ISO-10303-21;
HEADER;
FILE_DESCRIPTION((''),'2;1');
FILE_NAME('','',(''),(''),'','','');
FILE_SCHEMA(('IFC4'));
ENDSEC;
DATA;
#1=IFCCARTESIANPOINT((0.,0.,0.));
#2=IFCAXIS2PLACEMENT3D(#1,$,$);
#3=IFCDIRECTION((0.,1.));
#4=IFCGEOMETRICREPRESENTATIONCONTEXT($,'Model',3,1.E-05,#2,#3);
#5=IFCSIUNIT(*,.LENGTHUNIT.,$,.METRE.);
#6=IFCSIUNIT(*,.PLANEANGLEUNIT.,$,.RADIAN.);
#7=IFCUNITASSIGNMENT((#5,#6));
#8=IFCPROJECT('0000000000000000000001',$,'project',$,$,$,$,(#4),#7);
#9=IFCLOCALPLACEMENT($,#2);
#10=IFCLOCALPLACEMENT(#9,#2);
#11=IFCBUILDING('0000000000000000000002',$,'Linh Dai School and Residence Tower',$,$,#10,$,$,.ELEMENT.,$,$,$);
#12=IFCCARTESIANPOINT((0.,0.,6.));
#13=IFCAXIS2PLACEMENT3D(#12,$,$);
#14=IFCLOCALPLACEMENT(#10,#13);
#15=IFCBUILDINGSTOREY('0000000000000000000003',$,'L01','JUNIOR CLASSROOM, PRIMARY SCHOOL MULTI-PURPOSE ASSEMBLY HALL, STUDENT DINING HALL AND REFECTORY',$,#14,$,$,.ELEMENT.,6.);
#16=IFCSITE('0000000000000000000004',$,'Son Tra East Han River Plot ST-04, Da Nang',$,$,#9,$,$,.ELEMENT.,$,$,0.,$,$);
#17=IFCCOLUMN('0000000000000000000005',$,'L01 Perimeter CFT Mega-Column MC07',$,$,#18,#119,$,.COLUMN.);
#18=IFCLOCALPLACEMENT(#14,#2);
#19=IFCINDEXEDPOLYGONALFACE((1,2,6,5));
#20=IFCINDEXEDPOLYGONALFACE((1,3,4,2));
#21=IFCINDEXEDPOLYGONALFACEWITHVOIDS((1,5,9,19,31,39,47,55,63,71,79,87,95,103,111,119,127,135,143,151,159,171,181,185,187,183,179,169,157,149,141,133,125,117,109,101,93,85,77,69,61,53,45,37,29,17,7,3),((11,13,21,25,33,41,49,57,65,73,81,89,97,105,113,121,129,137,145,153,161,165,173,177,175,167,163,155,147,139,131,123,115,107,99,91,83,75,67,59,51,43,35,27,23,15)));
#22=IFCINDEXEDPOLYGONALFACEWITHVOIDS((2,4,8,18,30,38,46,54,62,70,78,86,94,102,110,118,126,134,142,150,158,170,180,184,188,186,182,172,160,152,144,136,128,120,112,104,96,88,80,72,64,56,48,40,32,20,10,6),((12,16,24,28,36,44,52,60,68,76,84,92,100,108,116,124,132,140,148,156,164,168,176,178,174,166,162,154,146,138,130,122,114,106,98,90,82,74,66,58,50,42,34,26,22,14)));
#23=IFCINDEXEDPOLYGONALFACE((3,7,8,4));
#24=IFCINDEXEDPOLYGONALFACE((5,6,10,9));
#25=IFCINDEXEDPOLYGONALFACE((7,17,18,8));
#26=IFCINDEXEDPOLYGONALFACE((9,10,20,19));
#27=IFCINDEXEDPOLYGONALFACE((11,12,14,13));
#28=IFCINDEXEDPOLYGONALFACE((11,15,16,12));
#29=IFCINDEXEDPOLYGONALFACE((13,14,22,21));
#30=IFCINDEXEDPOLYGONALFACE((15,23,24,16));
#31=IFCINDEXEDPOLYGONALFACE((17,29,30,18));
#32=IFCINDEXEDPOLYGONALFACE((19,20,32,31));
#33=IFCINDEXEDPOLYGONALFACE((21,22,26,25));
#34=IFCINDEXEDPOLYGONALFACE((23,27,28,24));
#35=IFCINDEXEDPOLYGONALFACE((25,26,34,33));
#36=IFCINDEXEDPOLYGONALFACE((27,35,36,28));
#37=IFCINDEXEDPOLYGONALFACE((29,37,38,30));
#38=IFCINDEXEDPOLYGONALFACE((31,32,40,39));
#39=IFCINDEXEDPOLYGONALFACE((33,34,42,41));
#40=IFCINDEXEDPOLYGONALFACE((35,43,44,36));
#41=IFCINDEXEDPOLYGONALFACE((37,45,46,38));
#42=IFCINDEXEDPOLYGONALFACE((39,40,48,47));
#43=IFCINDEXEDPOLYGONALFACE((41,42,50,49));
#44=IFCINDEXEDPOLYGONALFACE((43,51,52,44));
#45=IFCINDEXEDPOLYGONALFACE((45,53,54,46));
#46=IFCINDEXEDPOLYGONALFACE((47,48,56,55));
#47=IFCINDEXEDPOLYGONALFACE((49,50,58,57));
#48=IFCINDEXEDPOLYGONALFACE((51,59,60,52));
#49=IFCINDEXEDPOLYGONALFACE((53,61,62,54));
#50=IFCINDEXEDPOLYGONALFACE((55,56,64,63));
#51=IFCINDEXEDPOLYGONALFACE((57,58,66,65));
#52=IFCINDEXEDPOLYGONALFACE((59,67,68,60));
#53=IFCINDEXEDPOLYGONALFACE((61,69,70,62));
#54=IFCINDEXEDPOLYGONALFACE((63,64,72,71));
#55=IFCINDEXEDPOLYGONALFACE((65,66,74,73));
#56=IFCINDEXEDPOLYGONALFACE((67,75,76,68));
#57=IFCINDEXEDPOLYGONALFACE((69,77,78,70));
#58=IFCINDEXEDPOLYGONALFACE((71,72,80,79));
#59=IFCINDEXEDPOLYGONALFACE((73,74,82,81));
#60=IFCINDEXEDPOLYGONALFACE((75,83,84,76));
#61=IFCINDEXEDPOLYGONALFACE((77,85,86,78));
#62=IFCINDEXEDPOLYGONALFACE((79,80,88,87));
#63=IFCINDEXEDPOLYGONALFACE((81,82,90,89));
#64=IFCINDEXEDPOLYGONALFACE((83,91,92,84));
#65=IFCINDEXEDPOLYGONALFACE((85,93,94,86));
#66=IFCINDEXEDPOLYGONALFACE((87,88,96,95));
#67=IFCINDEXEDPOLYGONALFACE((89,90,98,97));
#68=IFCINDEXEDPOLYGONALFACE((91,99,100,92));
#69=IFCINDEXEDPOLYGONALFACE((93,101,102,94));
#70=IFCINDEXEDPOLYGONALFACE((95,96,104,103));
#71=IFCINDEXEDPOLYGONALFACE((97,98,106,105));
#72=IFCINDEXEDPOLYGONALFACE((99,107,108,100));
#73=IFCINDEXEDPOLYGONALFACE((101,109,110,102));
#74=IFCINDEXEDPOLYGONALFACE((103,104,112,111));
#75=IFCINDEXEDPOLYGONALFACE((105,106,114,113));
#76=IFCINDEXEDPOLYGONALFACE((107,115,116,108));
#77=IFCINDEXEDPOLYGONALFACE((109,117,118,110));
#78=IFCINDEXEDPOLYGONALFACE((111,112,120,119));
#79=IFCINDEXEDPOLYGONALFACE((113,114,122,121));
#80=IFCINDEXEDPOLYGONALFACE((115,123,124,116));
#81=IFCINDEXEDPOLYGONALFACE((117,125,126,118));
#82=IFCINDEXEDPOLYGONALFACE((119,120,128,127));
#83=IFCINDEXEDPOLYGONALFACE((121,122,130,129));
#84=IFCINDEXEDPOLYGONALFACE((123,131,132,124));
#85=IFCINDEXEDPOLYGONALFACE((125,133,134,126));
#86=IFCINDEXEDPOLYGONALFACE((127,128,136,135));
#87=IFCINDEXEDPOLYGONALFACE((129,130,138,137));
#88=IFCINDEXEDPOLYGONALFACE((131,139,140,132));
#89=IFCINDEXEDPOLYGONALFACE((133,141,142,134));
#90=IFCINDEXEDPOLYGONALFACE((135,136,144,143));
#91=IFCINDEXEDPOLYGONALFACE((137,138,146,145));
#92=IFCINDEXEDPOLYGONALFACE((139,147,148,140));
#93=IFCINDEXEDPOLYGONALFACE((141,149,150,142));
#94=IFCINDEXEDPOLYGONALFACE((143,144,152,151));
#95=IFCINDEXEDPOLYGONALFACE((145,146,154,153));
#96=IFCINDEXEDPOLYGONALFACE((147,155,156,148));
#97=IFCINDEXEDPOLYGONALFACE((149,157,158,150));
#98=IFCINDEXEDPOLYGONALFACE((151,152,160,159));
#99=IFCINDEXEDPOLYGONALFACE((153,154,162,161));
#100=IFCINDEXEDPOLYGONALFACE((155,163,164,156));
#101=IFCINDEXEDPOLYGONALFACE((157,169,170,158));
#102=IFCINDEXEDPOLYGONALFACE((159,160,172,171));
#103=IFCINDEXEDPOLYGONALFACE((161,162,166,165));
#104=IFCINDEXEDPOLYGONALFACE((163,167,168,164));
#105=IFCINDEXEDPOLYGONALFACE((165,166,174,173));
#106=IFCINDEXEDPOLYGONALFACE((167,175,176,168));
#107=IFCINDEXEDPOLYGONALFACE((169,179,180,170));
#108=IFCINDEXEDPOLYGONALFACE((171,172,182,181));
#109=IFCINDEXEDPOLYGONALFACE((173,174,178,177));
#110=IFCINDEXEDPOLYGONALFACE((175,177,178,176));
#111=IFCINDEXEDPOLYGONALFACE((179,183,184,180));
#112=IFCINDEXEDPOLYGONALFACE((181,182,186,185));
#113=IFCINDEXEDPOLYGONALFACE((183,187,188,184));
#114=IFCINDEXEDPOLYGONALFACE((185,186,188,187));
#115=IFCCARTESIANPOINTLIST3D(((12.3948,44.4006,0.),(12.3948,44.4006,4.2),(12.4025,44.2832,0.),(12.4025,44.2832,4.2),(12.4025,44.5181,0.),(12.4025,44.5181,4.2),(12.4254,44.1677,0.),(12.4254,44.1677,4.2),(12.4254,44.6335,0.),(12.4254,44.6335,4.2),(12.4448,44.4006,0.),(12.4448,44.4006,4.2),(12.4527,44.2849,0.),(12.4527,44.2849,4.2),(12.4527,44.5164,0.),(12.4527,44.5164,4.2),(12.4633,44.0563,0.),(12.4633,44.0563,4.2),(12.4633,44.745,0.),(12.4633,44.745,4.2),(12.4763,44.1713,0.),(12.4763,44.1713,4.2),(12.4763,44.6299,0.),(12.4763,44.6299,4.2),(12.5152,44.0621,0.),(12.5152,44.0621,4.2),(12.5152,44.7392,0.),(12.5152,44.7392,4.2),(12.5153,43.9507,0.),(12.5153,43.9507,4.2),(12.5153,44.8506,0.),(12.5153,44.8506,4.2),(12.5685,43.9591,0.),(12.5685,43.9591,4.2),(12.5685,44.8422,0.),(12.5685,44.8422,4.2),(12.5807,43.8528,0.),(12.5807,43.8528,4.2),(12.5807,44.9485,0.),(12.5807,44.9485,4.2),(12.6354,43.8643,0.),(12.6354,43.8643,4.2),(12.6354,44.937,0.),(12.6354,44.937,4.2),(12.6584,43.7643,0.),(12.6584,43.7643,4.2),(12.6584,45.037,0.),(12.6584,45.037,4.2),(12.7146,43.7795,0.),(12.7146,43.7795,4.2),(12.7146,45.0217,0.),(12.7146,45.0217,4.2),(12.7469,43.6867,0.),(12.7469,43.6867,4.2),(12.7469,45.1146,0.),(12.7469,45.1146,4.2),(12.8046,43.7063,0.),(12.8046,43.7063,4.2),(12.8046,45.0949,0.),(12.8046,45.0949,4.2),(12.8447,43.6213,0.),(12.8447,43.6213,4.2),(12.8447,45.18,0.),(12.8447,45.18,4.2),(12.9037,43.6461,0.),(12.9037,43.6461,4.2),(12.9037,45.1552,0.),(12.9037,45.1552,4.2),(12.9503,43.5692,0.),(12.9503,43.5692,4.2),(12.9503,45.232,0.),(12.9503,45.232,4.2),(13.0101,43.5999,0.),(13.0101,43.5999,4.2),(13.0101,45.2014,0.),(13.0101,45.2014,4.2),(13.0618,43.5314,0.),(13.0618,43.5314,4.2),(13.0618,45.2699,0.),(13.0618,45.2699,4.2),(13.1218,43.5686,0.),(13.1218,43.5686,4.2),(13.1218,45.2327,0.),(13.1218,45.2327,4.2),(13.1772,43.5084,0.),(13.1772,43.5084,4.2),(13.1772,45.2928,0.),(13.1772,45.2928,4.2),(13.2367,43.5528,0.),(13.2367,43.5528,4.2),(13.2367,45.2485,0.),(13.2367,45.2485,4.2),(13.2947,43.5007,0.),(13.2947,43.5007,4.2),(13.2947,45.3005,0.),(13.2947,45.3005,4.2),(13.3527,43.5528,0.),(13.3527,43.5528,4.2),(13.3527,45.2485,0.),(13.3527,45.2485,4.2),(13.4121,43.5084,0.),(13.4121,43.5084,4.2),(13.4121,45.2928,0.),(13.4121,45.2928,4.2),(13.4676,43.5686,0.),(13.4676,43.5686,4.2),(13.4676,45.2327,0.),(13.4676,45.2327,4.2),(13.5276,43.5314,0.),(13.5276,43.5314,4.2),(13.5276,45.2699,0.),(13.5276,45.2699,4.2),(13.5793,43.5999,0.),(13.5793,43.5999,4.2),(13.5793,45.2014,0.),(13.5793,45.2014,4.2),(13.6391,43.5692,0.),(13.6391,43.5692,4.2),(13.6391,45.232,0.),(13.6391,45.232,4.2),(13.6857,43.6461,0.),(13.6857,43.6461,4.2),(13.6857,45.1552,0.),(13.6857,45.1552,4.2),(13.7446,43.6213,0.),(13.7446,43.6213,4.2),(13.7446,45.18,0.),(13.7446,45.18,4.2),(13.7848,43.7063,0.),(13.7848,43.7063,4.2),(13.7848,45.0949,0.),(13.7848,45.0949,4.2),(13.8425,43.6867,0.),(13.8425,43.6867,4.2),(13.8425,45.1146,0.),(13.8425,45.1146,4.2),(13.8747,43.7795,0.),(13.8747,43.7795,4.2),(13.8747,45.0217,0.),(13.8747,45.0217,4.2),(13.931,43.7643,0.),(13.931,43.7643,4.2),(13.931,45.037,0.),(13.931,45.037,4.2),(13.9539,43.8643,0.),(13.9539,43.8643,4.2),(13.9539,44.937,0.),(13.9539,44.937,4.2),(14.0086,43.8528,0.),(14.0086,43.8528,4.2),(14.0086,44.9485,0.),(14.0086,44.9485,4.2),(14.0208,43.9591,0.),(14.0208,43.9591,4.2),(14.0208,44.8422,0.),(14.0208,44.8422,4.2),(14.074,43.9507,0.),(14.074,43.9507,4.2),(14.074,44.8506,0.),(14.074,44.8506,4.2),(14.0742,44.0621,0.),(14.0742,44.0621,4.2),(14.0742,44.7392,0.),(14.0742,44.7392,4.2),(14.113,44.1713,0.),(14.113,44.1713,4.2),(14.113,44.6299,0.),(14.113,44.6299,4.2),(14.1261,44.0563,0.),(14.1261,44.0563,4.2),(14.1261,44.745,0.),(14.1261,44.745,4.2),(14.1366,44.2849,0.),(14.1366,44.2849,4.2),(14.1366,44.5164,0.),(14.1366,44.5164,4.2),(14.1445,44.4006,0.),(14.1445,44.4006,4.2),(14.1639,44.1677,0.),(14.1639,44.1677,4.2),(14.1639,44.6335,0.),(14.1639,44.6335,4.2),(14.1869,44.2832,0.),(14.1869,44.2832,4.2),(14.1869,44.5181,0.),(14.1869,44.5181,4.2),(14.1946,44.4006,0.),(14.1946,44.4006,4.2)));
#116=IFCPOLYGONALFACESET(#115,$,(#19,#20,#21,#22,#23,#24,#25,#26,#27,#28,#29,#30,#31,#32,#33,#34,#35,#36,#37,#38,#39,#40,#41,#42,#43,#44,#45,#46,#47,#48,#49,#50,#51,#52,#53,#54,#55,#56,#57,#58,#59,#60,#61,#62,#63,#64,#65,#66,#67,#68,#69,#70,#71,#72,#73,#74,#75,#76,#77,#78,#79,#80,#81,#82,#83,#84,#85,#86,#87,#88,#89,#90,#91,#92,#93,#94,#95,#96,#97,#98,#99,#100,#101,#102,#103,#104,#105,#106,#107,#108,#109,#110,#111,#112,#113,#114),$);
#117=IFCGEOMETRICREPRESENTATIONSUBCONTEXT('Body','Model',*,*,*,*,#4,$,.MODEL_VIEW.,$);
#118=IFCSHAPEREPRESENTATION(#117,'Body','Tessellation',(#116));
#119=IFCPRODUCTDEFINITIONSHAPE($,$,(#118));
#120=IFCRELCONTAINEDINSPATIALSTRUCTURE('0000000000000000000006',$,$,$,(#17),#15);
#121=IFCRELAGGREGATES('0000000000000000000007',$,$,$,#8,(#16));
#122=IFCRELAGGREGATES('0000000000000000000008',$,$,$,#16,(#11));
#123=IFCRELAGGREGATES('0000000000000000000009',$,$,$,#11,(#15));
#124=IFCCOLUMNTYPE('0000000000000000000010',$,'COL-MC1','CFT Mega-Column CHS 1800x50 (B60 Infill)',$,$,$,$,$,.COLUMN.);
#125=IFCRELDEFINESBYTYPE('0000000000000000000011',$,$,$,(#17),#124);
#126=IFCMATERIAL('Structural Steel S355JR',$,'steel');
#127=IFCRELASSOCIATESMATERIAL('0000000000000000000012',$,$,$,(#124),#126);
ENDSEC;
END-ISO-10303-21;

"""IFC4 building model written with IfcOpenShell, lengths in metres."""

from ifc_helpers import new_model, si_unit, direction, frame, origin, origin_2d, place, context, subcontext, project, spatial, hollow_circle, extrude, material, material_profile, profile_set, type_object, element, save


model = new_model("IFC4")

# Units and contexts
model_context = context("Model", 3, precision=1e-05, world=origin(), true_north=direction((0.0, 1.0)))
body_context = subcontext(model_context, "Body", "Model", "MODEL_VIEW")
ifc_project = project(units=[si_unit("LENGTHUNIT", "METRE"), si_unit("PLANEANGLEUNIT", "RADIAN")], contexts=[model_context])

# Site, building, storey
site_placement = place(None, origin())
site = spatial("IfcSite", under=ifc_project, at=site_placement, Name="Son Tra East Han River Plot ST-04, Da Nang", CompositionType="ELEMENT", RefElevation=0.0)
building_placement = place(site_placement, origin())
building = spatial("IfcBuilding", under=site, at=building_placement, Name="Linh Dai School and Residence Tower", CompositionType="ELEMENT")
storey_placement = place(building_placement, frame((0.0, 0.0, 6.0)))
storey = spatial("IfcBuildingStorey", under=building, at=storey_placement, Name="L01", Description="JUNIOR CLASSROOM, PRIMARY SCHOOL MULTI-PURPOSE ASSEMBLY HALL, STUDENT DINING HALL AND REFECTORY", CompositionType="ELEMENT", Elevation=6.0)

# Column
ifc_material_1 = material(Name="Structural Steel S355JR", Category="steel")
ifc_material_profile_1 = material_profile(ifc_material_1, hollow_circle(Radius=0.8999, WallThickness=0.05, at=origin_2d()), Name="CHS 1800x50")
ifc_profile_set_1 = profile_set([ifc_material_profile_1], Name="Structural Steel S355JR")
column_type = type_object("IfcColumnType", Name="COL-MC1", Description="CFT Mega-Column CHS 1800x50 (B60 Infill)", PredefinedType="COLUMN", material=ifc_profile_set_1)
for number, where, z_axis, x_axis, name in (
    (1, (13.2947, 44.4006, 0.0), (0.0, 0.0, 1.0), (1.0, 0.0, 0.0), "L01 Perimeter CFT Mega-Column MC07"),
):
    element("IfcColumn", number, at=place(storey_placement, frame(where, z_axis=z_axis, x_axis=x_axis)), inside=storey, type_object=column_type, Name=name, PredefinedType="COLUMN", context=body_context, shape_type="SweptSolid", body=[
        extrude(hollow_circle(Radius=0.8999, WallThickness=0.05, at=origin_2d()), origin(), (0.0, 0.0, 1.0), 4.2),
    ])

save(model, "model.ifc")
